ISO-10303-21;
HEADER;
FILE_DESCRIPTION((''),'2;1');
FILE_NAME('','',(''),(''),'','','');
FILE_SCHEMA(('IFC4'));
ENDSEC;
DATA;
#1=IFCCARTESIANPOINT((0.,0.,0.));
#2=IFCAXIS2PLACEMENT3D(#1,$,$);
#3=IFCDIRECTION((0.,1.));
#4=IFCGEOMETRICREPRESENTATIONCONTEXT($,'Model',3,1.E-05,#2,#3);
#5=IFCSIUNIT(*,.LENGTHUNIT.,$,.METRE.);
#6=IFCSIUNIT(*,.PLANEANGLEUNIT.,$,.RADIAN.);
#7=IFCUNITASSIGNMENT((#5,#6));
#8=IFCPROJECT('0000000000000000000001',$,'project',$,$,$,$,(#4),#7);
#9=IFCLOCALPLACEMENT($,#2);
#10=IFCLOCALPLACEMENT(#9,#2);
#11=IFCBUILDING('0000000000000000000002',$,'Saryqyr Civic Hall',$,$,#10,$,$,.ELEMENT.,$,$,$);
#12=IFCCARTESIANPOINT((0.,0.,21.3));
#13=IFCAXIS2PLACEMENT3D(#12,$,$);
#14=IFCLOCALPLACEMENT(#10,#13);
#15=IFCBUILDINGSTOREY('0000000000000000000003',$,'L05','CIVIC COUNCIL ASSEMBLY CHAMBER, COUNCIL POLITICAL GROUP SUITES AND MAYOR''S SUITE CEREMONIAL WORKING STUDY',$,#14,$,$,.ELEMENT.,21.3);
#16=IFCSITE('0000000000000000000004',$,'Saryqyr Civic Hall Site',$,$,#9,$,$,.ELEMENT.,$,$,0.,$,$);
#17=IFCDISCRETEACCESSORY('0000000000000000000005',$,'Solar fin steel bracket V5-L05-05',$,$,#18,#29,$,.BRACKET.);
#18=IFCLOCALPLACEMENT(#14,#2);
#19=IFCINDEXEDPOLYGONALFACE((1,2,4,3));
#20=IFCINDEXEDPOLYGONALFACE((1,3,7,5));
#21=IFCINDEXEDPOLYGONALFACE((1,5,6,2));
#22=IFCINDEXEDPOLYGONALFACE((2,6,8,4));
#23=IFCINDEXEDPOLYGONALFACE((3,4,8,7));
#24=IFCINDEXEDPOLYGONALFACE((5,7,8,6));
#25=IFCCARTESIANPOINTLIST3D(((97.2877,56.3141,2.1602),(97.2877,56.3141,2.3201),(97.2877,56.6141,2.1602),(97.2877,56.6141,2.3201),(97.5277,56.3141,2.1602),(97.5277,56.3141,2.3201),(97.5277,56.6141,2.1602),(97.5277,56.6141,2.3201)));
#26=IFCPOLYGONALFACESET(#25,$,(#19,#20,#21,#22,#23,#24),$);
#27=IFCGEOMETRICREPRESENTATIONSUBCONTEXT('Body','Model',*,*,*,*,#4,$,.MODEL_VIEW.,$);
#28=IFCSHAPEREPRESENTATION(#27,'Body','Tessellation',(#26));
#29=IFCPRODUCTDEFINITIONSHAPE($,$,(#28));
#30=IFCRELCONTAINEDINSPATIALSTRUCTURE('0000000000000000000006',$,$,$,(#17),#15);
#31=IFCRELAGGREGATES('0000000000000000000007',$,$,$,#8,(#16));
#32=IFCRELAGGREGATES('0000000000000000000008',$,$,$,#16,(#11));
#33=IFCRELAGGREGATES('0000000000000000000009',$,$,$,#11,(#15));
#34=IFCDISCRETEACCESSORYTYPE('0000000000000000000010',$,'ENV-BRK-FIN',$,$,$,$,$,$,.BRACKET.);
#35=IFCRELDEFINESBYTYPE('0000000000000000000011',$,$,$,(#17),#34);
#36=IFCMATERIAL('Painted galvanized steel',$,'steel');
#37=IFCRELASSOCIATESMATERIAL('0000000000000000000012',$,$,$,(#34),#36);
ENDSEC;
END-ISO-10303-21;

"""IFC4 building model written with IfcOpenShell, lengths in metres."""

from ifc_helpers import new_model, si_unit, direction, frame, origin, origin_2d, place, context, subcontext, project, spatial, rectangle, extrude, material, type_object, element, save


model = new_model("IFC4")

# Units and contexts
model_context = context("Model", 3, precision=1e-05, world=origin(), true_north=direction((0.0, 1.0)))
body_context = subcontext(model_context, "Body", "Model", "MODEL_VIEW")
ifc_project = project(units=[si_unit("LENGTHUNIT", "METRE"), si_unit("PLANEANGLEUNIT", "RADIAN")], contexts=[model_context])

# Site, building, storey
site_placement = place(None, origin())
site = spatial("IfcSite", under=ifc_project, at=site_placement, Name="Saryqyr Civic Hall Site", CompositionType="ELEMENT", RefElevation=0.0)
building_placement = place(site_placement, origin())
building = spatial("IfcBuilding", under=site, at=building_placement, Name="Saryqyr Civic Hall", CompositionType="ELEMENT")
storey_placement = place(building_placement, frame((0.0, 0.0, 21.3)))
storey = spatial("IfcBuildingStorey", under=building, at=storey_placement, Name="L05", Description="CIVIC COUNCIL ASSEMBLY CHAMBER, COUNCIL POLITICAL GROUP SUITES AND MAYOR'S SUITE CEREMONIAL WORKING STUDY", CompositionType="ELEMENT", Elevation=21.3)

# Discrete accessory
ifc_material_1 = material(Name="Painted galvanized steel", Category="steel")
discrete_accessory_type = type_object("IfcDiscreteAccessoryType", Name="ENV-BRK-FIN", PredefinedType="BRACKET", material=ifc_material_1)
for number, where, z_axis, x_axis, name in (
    (1, (97.4077, 56.4641, 2.1602), (0.0, 0.0, 1.0), (1.0, 0.0, 0.0), "Solar fin steel bracket V5-L05-05"),
):
    element("IfcDiscreteAccessory", number, at=place(storey_placement, frame(where, z_axis=z_axis, x_axis=x_axis)), inside=storey, type_object=discrete_accessory_type, Name=name, PredefinedType="BRACKET", context=body_context, shape_type="SweptSolid", body=[
        extrude(rectangle(XDim=0.24, YDim=0.3, at=origin_2d()), origin(), (0.0, 0.0, 1.0), 0.1599),
    ])

save(model, "model.ifc")
